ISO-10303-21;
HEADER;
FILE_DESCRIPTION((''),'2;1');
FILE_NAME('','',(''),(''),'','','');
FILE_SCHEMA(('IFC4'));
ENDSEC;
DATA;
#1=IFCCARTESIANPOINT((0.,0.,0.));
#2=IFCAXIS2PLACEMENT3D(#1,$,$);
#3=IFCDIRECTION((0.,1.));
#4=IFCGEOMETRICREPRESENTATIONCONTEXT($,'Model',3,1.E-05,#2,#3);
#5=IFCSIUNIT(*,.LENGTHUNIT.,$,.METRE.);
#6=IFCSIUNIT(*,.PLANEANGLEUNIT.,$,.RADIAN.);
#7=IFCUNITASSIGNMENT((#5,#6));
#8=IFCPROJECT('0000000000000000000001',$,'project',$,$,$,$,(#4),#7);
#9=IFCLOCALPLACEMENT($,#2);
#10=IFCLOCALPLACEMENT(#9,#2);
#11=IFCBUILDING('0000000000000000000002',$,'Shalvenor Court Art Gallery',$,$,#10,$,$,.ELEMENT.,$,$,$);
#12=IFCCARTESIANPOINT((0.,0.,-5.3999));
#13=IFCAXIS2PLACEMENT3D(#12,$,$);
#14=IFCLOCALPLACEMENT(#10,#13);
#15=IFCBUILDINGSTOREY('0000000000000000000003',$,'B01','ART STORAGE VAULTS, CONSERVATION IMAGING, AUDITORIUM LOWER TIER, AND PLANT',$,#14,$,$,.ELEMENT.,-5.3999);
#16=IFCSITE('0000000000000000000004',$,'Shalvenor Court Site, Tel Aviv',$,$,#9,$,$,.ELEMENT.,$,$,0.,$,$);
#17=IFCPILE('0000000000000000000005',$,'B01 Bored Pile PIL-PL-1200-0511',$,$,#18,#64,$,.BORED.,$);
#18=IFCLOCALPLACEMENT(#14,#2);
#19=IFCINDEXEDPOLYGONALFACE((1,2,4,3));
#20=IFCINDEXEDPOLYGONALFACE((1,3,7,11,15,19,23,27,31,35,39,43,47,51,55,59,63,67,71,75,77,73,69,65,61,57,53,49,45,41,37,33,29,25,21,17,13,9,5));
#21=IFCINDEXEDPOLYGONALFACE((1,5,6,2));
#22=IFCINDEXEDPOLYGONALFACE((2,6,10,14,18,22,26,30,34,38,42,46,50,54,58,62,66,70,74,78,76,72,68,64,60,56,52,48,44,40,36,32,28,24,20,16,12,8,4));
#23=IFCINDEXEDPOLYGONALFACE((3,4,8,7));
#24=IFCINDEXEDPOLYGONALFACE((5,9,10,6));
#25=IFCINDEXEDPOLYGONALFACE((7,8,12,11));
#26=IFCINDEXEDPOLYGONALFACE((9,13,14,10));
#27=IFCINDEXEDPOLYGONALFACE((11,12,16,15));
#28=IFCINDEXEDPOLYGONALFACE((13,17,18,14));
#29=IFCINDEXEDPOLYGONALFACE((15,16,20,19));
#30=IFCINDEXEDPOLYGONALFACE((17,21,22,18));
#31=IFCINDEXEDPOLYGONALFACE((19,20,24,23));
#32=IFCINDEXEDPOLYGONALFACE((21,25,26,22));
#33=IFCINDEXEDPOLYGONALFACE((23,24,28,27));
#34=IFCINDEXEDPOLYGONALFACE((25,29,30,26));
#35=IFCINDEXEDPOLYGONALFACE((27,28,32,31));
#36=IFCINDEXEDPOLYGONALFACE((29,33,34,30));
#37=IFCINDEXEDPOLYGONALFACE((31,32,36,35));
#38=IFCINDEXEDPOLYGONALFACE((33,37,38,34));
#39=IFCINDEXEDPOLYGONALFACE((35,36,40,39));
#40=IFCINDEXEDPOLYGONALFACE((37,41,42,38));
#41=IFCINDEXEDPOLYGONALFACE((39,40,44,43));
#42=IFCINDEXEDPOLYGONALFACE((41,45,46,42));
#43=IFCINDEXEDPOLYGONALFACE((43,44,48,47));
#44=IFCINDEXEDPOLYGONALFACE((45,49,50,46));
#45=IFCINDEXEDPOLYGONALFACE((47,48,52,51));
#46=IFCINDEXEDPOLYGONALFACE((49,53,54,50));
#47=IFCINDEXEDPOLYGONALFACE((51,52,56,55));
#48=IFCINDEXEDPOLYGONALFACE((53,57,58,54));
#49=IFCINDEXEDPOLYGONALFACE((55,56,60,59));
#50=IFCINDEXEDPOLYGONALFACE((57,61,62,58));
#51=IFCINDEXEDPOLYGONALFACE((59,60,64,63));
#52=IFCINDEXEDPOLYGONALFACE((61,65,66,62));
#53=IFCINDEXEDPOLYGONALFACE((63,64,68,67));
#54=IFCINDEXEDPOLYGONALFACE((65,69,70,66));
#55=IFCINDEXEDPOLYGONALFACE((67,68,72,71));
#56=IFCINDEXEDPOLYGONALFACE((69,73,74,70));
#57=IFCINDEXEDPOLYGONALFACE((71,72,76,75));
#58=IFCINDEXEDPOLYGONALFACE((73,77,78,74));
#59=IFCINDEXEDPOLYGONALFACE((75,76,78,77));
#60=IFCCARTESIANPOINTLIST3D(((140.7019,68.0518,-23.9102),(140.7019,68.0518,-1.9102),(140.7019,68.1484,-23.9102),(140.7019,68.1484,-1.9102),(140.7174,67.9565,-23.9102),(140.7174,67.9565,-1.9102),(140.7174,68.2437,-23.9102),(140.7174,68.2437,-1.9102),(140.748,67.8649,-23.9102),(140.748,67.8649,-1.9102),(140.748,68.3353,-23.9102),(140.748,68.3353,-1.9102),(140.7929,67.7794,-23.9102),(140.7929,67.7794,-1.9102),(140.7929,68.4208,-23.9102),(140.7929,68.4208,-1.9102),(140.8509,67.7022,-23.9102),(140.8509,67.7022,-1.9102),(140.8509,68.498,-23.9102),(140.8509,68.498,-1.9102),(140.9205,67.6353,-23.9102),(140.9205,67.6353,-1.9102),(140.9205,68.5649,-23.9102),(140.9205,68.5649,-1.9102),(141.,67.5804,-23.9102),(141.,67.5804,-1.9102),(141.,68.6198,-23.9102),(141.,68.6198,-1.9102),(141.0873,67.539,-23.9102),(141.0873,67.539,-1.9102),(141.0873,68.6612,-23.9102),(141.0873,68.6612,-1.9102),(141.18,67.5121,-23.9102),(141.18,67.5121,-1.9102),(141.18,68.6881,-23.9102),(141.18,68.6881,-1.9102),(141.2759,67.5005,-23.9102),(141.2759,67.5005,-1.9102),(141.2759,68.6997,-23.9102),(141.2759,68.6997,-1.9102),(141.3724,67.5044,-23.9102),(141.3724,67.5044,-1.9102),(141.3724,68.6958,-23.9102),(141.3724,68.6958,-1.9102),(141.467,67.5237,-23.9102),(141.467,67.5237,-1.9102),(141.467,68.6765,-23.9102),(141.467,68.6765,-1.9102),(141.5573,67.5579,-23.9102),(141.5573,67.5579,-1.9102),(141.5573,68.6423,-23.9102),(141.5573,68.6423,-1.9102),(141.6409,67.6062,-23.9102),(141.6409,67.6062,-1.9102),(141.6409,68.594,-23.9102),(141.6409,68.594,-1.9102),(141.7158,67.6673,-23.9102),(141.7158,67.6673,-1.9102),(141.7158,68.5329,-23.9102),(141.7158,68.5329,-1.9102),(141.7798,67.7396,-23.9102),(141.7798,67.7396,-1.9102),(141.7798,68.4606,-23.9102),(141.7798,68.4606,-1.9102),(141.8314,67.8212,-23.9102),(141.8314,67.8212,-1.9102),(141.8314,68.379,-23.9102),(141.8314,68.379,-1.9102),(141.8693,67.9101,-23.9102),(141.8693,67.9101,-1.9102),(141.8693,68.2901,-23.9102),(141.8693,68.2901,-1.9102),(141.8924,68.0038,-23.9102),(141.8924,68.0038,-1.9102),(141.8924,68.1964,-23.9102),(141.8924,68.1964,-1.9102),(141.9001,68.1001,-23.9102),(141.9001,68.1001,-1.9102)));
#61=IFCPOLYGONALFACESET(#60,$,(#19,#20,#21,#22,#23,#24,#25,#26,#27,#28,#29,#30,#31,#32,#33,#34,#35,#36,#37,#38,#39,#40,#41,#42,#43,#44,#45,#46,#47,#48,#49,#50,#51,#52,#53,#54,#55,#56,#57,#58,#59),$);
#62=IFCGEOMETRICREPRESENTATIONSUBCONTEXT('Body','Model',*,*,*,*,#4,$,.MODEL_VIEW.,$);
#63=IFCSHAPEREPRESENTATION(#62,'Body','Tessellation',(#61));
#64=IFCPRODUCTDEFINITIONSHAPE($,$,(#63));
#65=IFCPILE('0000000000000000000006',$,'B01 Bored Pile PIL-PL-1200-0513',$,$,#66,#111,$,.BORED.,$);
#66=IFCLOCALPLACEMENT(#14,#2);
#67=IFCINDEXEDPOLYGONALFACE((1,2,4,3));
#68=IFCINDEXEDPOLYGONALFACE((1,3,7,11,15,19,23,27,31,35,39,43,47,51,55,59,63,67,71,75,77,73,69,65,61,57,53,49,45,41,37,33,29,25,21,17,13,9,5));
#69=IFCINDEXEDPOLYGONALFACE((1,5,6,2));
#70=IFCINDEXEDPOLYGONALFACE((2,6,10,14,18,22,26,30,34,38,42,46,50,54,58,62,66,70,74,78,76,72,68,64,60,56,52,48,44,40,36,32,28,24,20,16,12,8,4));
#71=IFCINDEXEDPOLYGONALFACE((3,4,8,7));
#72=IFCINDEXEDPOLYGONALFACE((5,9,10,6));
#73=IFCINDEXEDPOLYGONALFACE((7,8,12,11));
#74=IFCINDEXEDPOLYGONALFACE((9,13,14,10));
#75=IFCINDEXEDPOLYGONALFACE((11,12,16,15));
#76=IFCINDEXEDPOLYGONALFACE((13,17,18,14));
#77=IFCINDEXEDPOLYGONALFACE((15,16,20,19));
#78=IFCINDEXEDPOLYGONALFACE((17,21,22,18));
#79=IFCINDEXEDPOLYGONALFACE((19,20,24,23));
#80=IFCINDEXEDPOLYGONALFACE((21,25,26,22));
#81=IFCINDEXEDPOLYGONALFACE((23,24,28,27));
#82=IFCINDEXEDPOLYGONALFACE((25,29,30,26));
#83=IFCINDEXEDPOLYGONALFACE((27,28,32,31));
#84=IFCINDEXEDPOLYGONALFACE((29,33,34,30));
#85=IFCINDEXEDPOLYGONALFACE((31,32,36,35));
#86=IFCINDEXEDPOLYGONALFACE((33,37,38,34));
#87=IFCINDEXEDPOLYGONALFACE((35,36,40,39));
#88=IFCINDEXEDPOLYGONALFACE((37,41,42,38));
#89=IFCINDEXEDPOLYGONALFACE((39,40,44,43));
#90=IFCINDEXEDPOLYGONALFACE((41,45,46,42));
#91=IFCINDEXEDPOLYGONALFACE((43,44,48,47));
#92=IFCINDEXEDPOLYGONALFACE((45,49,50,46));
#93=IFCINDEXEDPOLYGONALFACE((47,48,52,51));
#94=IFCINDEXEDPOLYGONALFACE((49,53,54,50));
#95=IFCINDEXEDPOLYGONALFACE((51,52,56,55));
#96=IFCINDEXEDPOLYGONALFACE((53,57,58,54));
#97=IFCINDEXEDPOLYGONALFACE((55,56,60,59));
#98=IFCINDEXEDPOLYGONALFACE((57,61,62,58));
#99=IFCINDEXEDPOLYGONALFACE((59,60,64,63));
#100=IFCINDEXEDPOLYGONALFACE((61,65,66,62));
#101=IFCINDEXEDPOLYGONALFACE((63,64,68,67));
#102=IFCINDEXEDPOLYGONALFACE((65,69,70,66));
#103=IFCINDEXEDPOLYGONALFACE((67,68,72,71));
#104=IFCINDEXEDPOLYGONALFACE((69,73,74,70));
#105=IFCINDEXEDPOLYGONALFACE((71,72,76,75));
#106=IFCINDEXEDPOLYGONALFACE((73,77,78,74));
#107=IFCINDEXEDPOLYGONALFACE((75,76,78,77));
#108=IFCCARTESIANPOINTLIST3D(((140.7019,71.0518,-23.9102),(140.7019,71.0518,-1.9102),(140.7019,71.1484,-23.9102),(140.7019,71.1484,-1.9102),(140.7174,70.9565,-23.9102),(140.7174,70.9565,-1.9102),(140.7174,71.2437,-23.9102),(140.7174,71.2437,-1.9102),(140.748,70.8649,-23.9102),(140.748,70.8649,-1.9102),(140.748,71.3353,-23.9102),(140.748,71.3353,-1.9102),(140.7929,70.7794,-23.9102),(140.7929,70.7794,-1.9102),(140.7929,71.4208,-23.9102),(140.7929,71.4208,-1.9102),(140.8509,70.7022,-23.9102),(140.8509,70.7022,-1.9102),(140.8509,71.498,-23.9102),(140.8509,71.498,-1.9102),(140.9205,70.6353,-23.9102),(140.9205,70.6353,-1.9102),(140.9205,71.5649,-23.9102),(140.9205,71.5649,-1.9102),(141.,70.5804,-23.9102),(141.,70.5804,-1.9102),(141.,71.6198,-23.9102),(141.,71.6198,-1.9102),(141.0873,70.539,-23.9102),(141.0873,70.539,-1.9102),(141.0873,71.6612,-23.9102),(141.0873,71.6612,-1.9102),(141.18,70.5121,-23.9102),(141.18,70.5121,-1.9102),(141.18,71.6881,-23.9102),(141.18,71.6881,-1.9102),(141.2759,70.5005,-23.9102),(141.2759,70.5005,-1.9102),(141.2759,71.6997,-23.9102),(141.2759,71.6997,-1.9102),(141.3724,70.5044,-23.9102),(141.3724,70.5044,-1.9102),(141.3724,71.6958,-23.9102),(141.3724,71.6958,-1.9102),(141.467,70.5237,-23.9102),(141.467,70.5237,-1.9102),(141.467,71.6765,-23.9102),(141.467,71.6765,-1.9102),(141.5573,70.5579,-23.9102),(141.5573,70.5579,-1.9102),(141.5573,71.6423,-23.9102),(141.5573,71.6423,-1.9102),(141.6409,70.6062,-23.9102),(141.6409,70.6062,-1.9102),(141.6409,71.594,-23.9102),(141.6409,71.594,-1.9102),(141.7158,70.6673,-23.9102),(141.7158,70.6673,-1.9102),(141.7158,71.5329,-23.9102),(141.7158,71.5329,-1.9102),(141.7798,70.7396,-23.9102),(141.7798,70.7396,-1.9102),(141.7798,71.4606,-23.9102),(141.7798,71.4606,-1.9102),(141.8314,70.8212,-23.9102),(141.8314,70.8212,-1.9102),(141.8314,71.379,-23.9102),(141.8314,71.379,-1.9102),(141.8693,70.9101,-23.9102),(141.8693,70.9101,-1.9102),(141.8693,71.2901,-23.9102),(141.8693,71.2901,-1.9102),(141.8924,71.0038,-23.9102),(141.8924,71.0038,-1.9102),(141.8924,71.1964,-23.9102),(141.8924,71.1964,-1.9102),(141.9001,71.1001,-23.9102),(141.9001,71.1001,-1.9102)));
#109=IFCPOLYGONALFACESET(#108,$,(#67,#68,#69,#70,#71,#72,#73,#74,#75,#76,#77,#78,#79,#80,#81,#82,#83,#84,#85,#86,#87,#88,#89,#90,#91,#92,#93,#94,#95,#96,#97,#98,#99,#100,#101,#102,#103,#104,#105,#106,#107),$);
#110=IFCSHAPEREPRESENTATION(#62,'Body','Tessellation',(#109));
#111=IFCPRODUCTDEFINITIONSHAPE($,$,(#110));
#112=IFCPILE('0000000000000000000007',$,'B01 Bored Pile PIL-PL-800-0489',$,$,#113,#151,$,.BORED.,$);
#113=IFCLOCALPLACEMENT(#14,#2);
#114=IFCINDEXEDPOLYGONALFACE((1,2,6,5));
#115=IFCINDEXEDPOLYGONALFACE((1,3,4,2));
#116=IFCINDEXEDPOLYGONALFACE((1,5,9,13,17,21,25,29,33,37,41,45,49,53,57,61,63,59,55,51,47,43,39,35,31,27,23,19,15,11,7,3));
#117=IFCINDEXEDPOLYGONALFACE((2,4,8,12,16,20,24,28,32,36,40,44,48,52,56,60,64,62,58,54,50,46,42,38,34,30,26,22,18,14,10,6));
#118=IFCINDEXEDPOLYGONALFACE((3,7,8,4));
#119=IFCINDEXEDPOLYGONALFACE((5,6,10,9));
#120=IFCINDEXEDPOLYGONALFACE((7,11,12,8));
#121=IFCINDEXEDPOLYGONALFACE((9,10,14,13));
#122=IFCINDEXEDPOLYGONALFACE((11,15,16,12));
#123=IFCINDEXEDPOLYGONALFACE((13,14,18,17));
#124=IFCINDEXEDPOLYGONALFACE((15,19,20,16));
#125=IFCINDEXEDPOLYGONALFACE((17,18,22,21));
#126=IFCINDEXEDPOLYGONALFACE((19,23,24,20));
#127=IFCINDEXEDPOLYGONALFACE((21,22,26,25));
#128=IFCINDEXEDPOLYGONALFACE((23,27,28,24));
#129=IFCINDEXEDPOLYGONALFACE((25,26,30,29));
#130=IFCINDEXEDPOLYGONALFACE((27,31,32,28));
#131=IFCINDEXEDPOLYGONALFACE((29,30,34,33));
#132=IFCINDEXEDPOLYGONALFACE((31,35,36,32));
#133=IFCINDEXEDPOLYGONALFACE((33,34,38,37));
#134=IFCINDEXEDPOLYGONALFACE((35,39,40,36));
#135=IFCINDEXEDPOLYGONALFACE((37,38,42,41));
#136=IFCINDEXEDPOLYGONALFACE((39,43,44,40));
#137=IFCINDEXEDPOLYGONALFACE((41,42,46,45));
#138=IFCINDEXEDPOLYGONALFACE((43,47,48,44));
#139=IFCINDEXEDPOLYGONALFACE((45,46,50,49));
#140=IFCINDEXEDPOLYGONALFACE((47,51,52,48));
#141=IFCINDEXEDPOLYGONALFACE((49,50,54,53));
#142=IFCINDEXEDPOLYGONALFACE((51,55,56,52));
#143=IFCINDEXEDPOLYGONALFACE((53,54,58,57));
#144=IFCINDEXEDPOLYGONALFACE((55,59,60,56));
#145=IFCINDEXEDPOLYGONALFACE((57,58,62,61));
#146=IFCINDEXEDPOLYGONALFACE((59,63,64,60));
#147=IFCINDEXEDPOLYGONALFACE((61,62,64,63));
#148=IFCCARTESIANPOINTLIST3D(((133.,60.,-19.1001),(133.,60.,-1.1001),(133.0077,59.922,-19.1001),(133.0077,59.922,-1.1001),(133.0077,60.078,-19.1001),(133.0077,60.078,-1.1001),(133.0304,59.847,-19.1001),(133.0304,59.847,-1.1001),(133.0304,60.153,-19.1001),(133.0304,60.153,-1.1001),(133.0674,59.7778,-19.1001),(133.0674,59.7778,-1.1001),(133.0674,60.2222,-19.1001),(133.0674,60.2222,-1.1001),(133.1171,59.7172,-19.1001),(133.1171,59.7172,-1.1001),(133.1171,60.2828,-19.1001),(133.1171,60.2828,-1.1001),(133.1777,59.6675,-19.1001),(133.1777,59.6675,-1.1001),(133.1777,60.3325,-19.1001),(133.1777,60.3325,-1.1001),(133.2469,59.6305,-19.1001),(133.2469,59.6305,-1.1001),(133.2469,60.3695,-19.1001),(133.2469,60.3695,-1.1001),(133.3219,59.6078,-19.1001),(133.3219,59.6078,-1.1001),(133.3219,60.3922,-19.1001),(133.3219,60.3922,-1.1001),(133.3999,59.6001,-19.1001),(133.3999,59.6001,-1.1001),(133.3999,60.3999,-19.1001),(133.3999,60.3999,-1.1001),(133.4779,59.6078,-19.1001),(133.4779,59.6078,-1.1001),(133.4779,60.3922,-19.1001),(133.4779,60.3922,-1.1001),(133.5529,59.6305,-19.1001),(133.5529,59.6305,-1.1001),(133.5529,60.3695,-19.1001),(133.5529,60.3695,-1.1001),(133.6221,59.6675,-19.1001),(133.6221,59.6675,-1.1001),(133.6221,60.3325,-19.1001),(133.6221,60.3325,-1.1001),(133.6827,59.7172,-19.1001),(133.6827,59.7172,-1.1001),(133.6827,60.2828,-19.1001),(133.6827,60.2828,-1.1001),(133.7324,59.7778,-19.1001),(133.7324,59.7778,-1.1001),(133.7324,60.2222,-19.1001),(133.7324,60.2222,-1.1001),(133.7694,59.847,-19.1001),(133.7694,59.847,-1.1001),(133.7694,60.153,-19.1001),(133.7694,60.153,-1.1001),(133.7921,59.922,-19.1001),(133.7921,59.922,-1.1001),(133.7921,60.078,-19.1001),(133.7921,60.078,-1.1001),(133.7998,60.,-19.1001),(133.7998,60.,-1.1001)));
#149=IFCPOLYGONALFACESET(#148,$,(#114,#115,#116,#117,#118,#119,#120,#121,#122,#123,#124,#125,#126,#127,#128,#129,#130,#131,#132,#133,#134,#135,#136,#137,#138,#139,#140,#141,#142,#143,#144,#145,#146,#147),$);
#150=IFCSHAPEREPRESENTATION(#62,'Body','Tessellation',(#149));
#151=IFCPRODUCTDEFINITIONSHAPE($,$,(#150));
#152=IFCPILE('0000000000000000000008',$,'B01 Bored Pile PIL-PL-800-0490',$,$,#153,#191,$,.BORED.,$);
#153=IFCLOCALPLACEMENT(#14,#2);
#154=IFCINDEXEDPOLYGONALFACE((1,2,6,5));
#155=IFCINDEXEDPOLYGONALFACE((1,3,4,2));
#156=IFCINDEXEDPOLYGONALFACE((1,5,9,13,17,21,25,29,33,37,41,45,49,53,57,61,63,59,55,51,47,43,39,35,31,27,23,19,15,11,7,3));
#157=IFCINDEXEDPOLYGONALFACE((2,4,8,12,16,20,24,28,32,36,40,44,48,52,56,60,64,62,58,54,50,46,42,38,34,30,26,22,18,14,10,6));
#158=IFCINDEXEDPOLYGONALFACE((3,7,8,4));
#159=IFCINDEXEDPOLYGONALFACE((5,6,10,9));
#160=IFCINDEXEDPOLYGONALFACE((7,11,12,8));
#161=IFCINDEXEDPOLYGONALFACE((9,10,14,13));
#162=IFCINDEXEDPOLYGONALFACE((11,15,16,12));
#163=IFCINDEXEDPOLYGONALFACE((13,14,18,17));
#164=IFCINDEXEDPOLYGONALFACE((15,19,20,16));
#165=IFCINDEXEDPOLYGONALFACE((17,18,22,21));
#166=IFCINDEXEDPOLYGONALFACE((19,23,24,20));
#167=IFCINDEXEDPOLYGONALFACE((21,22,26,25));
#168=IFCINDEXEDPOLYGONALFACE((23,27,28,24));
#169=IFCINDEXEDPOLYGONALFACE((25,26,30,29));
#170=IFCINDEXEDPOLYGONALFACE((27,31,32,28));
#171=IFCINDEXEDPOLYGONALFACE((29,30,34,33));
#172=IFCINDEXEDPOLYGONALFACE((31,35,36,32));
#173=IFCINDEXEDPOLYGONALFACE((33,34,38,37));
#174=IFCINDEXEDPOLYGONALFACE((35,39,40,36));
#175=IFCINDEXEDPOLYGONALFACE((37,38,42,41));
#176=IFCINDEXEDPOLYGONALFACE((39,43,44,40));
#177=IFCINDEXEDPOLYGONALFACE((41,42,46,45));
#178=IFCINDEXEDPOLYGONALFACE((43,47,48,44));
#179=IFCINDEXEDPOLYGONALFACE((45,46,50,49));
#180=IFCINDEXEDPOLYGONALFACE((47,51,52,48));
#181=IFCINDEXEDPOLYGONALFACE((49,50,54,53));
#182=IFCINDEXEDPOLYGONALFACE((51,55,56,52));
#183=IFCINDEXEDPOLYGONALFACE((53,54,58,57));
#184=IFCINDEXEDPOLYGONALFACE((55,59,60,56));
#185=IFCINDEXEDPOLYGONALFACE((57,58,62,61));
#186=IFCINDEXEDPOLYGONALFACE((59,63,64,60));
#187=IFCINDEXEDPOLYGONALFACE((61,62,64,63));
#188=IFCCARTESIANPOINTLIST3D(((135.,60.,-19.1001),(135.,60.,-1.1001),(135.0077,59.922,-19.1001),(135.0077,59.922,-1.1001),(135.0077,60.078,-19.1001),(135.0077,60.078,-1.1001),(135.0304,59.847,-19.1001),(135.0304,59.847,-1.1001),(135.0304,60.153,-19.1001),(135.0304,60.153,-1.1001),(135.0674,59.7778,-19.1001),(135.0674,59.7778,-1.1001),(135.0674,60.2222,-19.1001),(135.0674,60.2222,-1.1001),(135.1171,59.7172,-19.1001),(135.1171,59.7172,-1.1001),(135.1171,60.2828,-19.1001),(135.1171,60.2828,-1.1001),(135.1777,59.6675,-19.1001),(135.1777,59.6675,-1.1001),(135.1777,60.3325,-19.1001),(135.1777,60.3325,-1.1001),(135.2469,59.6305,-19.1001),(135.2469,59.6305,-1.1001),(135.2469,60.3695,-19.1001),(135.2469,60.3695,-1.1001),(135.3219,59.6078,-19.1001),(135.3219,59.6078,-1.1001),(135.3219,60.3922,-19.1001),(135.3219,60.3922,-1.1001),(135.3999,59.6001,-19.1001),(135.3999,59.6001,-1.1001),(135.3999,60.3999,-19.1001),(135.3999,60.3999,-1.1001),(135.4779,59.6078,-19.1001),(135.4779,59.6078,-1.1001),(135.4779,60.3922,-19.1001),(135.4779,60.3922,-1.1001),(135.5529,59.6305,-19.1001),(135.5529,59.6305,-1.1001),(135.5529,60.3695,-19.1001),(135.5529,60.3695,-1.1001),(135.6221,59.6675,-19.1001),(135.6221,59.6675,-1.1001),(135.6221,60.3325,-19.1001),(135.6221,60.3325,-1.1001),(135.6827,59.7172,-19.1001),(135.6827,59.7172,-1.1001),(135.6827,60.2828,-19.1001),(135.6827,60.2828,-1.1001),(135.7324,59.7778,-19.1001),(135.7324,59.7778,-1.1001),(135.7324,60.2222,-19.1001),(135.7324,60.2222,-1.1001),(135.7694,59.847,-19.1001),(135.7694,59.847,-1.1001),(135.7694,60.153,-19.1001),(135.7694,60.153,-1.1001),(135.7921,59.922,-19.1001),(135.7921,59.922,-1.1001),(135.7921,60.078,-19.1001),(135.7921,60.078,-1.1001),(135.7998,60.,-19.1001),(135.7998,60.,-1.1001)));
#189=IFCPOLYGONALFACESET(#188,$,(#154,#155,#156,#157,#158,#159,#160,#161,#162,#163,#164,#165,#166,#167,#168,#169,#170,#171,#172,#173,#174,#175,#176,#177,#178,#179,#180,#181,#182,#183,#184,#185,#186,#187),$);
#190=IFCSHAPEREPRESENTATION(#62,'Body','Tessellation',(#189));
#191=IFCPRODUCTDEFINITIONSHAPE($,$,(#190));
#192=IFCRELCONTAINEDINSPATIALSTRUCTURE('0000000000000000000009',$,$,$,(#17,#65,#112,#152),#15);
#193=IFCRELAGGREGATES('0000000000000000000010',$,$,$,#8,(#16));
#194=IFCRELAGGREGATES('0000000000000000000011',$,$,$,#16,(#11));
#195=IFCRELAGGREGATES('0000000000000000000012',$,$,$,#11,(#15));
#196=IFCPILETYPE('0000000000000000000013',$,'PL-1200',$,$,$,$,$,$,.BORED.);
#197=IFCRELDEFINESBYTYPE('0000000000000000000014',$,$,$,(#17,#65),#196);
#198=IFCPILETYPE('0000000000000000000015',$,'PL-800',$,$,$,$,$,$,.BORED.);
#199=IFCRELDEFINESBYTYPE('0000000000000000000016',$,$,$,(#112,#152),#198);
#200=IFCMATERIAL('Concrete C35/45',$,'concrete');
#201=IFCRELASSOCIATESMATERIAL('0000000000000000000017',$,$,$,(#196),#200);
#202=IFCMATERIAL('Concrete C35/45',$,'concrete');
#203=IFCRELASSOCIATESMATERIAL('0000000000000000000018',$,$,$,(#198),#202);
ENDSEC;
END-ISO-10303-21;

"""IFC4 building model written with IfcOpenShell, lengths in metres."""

from ifc_helpers import new_model, si_unit, direction, frame, origin, origin_2d, place, context, subcontext, project, spatial, circle, extrude, material, material_profile, profile_set, type_object, element, save


model = new_model("IFC4")

# Units and contexts
model_context = context("Model", 3, precision=1e-05, world=origin(), true_north=direction((0.0, 1.0)))
body_context = subcontext(model_context, "Body", "Model", "MODEL_VIEW")
ifc_project = project(units=[si_unit("LENGTHUNIT", "METRE"), si_unit("PLANEANGLEUNIT", "RADIAN")], contexts=[model_context])

# Site, building, storey
site_placement = place(None, origin())
site = spatial("IfcSite", under=ifc_project, at=site_placement, Name="Shalvenor Court Site, Tel Aviv", CompositionType="ELEMENT", RefElevation=0.0)
building_placement = place(site_placement, origin())
building = spatial("IfcBuilding", under=site, at=building_placement, Name="Shalvenor Court Art Gallery", CompositionType="ELEMENT")
storey_placement = place(building_placement, frame((0.0, 0.0, -5.3999)))
storey = spatial("IfcBuildingStorey", under=building, at=storey_placement, Name="B01", Description="ART STORAGE VAULTS, CONSERVATION IMAGING, AUDITORIUM LOWER TIER, AND PLANT", CompositionType="ELEMENT", Elevation=-5.3999)

# Piles
ifc_material_1 = material(Name="Concrete C35/45", Category="concrete")
ifc_material_profile_1 = material_profile(ifc_material_1, circle(Radius=0.6001, at=origin_2d()), Name="PILE 1200")
ifc_profile_set_1 = profile_set([ifc_material_profile_1], Name="Concrete C35/45")
pile_type_1 = type_object("IfcPileType", Name="PL-1200", PredefinedType="BORED", material=ifc_profile_set_1)
for number, where, z_axis, x_axis, name in (
    (1, (141.3, 68.1001, -1.9102), (0.0, 0.0, -1.0), (1.0, 0.0, 0.0), "B01 Bored Pile PIL-PL-1200-0511"),
    (2, (141.3, 71.1001, -1.9102), (0.0, 0.0, -1.0), (1.0, 0.0, 0.0), "B01 Bored Pile PIL-PL-1200-0513"),
):
    element("IfcPile", number, at=place(storey_placement, frame(where, z_axis=z_axis, x_axis=x_axis)), inside=storey, type_object=pile_type_1, Name=name, PredefinedType="BORED", context=body_context, shape_type="SweptSolid", body=[
        extrude(circle(Radius=0.6001, at=origin_2d()), origin(), (0.0, 0.0, 1.0), 22.0),
    ])
ifc_material_2 = material(Name="Concrete C35/45", Category="concrete")
ifc_material_profile_2 = material_profile(ifc_material_2, circle(Radius=0.3999, at=origin_2d()), Name="PILE 800")
ifc_profile_set_2 = profile_set([ifc_material_profile_2], Name="Concrete C35/45")
pile_type_2 = type_object("IfcPileType", Name="PL-800", PredefinedType="BORED", material=ifc_profile_set_2)
for number, where, z_axis, x_axis, name in (
    (3, (133.3999, 60.0, -1.1001), (0.0, 0.0, -1.0), (1.0, 0.0, 0.0), "B01 Bored Pile PIL-PL-800-0489"),
    (4, (135.3999, 60.0, -1.1001), (0.0, 0.0, -1.0), (1.0, 0.0, 0.0), "B01 Bored Pile PIL-PL-800-0490"),
):
    element("IfcPile", number, at=place(storey_placement, frame(where, z_axis=z_axis, x_axis=x_axis)), inside=storey, type_object=pile_type_2, Name=name, PredefinedType="BORED", context=body_context, shape_type="SweptSolid", body=[
        extrude(circle(Radius=0.3999, at=origin_2d()), origin(), (0.0, 0.0, 1.0), 18.0),
    ])

save(model, "model.ifc")
